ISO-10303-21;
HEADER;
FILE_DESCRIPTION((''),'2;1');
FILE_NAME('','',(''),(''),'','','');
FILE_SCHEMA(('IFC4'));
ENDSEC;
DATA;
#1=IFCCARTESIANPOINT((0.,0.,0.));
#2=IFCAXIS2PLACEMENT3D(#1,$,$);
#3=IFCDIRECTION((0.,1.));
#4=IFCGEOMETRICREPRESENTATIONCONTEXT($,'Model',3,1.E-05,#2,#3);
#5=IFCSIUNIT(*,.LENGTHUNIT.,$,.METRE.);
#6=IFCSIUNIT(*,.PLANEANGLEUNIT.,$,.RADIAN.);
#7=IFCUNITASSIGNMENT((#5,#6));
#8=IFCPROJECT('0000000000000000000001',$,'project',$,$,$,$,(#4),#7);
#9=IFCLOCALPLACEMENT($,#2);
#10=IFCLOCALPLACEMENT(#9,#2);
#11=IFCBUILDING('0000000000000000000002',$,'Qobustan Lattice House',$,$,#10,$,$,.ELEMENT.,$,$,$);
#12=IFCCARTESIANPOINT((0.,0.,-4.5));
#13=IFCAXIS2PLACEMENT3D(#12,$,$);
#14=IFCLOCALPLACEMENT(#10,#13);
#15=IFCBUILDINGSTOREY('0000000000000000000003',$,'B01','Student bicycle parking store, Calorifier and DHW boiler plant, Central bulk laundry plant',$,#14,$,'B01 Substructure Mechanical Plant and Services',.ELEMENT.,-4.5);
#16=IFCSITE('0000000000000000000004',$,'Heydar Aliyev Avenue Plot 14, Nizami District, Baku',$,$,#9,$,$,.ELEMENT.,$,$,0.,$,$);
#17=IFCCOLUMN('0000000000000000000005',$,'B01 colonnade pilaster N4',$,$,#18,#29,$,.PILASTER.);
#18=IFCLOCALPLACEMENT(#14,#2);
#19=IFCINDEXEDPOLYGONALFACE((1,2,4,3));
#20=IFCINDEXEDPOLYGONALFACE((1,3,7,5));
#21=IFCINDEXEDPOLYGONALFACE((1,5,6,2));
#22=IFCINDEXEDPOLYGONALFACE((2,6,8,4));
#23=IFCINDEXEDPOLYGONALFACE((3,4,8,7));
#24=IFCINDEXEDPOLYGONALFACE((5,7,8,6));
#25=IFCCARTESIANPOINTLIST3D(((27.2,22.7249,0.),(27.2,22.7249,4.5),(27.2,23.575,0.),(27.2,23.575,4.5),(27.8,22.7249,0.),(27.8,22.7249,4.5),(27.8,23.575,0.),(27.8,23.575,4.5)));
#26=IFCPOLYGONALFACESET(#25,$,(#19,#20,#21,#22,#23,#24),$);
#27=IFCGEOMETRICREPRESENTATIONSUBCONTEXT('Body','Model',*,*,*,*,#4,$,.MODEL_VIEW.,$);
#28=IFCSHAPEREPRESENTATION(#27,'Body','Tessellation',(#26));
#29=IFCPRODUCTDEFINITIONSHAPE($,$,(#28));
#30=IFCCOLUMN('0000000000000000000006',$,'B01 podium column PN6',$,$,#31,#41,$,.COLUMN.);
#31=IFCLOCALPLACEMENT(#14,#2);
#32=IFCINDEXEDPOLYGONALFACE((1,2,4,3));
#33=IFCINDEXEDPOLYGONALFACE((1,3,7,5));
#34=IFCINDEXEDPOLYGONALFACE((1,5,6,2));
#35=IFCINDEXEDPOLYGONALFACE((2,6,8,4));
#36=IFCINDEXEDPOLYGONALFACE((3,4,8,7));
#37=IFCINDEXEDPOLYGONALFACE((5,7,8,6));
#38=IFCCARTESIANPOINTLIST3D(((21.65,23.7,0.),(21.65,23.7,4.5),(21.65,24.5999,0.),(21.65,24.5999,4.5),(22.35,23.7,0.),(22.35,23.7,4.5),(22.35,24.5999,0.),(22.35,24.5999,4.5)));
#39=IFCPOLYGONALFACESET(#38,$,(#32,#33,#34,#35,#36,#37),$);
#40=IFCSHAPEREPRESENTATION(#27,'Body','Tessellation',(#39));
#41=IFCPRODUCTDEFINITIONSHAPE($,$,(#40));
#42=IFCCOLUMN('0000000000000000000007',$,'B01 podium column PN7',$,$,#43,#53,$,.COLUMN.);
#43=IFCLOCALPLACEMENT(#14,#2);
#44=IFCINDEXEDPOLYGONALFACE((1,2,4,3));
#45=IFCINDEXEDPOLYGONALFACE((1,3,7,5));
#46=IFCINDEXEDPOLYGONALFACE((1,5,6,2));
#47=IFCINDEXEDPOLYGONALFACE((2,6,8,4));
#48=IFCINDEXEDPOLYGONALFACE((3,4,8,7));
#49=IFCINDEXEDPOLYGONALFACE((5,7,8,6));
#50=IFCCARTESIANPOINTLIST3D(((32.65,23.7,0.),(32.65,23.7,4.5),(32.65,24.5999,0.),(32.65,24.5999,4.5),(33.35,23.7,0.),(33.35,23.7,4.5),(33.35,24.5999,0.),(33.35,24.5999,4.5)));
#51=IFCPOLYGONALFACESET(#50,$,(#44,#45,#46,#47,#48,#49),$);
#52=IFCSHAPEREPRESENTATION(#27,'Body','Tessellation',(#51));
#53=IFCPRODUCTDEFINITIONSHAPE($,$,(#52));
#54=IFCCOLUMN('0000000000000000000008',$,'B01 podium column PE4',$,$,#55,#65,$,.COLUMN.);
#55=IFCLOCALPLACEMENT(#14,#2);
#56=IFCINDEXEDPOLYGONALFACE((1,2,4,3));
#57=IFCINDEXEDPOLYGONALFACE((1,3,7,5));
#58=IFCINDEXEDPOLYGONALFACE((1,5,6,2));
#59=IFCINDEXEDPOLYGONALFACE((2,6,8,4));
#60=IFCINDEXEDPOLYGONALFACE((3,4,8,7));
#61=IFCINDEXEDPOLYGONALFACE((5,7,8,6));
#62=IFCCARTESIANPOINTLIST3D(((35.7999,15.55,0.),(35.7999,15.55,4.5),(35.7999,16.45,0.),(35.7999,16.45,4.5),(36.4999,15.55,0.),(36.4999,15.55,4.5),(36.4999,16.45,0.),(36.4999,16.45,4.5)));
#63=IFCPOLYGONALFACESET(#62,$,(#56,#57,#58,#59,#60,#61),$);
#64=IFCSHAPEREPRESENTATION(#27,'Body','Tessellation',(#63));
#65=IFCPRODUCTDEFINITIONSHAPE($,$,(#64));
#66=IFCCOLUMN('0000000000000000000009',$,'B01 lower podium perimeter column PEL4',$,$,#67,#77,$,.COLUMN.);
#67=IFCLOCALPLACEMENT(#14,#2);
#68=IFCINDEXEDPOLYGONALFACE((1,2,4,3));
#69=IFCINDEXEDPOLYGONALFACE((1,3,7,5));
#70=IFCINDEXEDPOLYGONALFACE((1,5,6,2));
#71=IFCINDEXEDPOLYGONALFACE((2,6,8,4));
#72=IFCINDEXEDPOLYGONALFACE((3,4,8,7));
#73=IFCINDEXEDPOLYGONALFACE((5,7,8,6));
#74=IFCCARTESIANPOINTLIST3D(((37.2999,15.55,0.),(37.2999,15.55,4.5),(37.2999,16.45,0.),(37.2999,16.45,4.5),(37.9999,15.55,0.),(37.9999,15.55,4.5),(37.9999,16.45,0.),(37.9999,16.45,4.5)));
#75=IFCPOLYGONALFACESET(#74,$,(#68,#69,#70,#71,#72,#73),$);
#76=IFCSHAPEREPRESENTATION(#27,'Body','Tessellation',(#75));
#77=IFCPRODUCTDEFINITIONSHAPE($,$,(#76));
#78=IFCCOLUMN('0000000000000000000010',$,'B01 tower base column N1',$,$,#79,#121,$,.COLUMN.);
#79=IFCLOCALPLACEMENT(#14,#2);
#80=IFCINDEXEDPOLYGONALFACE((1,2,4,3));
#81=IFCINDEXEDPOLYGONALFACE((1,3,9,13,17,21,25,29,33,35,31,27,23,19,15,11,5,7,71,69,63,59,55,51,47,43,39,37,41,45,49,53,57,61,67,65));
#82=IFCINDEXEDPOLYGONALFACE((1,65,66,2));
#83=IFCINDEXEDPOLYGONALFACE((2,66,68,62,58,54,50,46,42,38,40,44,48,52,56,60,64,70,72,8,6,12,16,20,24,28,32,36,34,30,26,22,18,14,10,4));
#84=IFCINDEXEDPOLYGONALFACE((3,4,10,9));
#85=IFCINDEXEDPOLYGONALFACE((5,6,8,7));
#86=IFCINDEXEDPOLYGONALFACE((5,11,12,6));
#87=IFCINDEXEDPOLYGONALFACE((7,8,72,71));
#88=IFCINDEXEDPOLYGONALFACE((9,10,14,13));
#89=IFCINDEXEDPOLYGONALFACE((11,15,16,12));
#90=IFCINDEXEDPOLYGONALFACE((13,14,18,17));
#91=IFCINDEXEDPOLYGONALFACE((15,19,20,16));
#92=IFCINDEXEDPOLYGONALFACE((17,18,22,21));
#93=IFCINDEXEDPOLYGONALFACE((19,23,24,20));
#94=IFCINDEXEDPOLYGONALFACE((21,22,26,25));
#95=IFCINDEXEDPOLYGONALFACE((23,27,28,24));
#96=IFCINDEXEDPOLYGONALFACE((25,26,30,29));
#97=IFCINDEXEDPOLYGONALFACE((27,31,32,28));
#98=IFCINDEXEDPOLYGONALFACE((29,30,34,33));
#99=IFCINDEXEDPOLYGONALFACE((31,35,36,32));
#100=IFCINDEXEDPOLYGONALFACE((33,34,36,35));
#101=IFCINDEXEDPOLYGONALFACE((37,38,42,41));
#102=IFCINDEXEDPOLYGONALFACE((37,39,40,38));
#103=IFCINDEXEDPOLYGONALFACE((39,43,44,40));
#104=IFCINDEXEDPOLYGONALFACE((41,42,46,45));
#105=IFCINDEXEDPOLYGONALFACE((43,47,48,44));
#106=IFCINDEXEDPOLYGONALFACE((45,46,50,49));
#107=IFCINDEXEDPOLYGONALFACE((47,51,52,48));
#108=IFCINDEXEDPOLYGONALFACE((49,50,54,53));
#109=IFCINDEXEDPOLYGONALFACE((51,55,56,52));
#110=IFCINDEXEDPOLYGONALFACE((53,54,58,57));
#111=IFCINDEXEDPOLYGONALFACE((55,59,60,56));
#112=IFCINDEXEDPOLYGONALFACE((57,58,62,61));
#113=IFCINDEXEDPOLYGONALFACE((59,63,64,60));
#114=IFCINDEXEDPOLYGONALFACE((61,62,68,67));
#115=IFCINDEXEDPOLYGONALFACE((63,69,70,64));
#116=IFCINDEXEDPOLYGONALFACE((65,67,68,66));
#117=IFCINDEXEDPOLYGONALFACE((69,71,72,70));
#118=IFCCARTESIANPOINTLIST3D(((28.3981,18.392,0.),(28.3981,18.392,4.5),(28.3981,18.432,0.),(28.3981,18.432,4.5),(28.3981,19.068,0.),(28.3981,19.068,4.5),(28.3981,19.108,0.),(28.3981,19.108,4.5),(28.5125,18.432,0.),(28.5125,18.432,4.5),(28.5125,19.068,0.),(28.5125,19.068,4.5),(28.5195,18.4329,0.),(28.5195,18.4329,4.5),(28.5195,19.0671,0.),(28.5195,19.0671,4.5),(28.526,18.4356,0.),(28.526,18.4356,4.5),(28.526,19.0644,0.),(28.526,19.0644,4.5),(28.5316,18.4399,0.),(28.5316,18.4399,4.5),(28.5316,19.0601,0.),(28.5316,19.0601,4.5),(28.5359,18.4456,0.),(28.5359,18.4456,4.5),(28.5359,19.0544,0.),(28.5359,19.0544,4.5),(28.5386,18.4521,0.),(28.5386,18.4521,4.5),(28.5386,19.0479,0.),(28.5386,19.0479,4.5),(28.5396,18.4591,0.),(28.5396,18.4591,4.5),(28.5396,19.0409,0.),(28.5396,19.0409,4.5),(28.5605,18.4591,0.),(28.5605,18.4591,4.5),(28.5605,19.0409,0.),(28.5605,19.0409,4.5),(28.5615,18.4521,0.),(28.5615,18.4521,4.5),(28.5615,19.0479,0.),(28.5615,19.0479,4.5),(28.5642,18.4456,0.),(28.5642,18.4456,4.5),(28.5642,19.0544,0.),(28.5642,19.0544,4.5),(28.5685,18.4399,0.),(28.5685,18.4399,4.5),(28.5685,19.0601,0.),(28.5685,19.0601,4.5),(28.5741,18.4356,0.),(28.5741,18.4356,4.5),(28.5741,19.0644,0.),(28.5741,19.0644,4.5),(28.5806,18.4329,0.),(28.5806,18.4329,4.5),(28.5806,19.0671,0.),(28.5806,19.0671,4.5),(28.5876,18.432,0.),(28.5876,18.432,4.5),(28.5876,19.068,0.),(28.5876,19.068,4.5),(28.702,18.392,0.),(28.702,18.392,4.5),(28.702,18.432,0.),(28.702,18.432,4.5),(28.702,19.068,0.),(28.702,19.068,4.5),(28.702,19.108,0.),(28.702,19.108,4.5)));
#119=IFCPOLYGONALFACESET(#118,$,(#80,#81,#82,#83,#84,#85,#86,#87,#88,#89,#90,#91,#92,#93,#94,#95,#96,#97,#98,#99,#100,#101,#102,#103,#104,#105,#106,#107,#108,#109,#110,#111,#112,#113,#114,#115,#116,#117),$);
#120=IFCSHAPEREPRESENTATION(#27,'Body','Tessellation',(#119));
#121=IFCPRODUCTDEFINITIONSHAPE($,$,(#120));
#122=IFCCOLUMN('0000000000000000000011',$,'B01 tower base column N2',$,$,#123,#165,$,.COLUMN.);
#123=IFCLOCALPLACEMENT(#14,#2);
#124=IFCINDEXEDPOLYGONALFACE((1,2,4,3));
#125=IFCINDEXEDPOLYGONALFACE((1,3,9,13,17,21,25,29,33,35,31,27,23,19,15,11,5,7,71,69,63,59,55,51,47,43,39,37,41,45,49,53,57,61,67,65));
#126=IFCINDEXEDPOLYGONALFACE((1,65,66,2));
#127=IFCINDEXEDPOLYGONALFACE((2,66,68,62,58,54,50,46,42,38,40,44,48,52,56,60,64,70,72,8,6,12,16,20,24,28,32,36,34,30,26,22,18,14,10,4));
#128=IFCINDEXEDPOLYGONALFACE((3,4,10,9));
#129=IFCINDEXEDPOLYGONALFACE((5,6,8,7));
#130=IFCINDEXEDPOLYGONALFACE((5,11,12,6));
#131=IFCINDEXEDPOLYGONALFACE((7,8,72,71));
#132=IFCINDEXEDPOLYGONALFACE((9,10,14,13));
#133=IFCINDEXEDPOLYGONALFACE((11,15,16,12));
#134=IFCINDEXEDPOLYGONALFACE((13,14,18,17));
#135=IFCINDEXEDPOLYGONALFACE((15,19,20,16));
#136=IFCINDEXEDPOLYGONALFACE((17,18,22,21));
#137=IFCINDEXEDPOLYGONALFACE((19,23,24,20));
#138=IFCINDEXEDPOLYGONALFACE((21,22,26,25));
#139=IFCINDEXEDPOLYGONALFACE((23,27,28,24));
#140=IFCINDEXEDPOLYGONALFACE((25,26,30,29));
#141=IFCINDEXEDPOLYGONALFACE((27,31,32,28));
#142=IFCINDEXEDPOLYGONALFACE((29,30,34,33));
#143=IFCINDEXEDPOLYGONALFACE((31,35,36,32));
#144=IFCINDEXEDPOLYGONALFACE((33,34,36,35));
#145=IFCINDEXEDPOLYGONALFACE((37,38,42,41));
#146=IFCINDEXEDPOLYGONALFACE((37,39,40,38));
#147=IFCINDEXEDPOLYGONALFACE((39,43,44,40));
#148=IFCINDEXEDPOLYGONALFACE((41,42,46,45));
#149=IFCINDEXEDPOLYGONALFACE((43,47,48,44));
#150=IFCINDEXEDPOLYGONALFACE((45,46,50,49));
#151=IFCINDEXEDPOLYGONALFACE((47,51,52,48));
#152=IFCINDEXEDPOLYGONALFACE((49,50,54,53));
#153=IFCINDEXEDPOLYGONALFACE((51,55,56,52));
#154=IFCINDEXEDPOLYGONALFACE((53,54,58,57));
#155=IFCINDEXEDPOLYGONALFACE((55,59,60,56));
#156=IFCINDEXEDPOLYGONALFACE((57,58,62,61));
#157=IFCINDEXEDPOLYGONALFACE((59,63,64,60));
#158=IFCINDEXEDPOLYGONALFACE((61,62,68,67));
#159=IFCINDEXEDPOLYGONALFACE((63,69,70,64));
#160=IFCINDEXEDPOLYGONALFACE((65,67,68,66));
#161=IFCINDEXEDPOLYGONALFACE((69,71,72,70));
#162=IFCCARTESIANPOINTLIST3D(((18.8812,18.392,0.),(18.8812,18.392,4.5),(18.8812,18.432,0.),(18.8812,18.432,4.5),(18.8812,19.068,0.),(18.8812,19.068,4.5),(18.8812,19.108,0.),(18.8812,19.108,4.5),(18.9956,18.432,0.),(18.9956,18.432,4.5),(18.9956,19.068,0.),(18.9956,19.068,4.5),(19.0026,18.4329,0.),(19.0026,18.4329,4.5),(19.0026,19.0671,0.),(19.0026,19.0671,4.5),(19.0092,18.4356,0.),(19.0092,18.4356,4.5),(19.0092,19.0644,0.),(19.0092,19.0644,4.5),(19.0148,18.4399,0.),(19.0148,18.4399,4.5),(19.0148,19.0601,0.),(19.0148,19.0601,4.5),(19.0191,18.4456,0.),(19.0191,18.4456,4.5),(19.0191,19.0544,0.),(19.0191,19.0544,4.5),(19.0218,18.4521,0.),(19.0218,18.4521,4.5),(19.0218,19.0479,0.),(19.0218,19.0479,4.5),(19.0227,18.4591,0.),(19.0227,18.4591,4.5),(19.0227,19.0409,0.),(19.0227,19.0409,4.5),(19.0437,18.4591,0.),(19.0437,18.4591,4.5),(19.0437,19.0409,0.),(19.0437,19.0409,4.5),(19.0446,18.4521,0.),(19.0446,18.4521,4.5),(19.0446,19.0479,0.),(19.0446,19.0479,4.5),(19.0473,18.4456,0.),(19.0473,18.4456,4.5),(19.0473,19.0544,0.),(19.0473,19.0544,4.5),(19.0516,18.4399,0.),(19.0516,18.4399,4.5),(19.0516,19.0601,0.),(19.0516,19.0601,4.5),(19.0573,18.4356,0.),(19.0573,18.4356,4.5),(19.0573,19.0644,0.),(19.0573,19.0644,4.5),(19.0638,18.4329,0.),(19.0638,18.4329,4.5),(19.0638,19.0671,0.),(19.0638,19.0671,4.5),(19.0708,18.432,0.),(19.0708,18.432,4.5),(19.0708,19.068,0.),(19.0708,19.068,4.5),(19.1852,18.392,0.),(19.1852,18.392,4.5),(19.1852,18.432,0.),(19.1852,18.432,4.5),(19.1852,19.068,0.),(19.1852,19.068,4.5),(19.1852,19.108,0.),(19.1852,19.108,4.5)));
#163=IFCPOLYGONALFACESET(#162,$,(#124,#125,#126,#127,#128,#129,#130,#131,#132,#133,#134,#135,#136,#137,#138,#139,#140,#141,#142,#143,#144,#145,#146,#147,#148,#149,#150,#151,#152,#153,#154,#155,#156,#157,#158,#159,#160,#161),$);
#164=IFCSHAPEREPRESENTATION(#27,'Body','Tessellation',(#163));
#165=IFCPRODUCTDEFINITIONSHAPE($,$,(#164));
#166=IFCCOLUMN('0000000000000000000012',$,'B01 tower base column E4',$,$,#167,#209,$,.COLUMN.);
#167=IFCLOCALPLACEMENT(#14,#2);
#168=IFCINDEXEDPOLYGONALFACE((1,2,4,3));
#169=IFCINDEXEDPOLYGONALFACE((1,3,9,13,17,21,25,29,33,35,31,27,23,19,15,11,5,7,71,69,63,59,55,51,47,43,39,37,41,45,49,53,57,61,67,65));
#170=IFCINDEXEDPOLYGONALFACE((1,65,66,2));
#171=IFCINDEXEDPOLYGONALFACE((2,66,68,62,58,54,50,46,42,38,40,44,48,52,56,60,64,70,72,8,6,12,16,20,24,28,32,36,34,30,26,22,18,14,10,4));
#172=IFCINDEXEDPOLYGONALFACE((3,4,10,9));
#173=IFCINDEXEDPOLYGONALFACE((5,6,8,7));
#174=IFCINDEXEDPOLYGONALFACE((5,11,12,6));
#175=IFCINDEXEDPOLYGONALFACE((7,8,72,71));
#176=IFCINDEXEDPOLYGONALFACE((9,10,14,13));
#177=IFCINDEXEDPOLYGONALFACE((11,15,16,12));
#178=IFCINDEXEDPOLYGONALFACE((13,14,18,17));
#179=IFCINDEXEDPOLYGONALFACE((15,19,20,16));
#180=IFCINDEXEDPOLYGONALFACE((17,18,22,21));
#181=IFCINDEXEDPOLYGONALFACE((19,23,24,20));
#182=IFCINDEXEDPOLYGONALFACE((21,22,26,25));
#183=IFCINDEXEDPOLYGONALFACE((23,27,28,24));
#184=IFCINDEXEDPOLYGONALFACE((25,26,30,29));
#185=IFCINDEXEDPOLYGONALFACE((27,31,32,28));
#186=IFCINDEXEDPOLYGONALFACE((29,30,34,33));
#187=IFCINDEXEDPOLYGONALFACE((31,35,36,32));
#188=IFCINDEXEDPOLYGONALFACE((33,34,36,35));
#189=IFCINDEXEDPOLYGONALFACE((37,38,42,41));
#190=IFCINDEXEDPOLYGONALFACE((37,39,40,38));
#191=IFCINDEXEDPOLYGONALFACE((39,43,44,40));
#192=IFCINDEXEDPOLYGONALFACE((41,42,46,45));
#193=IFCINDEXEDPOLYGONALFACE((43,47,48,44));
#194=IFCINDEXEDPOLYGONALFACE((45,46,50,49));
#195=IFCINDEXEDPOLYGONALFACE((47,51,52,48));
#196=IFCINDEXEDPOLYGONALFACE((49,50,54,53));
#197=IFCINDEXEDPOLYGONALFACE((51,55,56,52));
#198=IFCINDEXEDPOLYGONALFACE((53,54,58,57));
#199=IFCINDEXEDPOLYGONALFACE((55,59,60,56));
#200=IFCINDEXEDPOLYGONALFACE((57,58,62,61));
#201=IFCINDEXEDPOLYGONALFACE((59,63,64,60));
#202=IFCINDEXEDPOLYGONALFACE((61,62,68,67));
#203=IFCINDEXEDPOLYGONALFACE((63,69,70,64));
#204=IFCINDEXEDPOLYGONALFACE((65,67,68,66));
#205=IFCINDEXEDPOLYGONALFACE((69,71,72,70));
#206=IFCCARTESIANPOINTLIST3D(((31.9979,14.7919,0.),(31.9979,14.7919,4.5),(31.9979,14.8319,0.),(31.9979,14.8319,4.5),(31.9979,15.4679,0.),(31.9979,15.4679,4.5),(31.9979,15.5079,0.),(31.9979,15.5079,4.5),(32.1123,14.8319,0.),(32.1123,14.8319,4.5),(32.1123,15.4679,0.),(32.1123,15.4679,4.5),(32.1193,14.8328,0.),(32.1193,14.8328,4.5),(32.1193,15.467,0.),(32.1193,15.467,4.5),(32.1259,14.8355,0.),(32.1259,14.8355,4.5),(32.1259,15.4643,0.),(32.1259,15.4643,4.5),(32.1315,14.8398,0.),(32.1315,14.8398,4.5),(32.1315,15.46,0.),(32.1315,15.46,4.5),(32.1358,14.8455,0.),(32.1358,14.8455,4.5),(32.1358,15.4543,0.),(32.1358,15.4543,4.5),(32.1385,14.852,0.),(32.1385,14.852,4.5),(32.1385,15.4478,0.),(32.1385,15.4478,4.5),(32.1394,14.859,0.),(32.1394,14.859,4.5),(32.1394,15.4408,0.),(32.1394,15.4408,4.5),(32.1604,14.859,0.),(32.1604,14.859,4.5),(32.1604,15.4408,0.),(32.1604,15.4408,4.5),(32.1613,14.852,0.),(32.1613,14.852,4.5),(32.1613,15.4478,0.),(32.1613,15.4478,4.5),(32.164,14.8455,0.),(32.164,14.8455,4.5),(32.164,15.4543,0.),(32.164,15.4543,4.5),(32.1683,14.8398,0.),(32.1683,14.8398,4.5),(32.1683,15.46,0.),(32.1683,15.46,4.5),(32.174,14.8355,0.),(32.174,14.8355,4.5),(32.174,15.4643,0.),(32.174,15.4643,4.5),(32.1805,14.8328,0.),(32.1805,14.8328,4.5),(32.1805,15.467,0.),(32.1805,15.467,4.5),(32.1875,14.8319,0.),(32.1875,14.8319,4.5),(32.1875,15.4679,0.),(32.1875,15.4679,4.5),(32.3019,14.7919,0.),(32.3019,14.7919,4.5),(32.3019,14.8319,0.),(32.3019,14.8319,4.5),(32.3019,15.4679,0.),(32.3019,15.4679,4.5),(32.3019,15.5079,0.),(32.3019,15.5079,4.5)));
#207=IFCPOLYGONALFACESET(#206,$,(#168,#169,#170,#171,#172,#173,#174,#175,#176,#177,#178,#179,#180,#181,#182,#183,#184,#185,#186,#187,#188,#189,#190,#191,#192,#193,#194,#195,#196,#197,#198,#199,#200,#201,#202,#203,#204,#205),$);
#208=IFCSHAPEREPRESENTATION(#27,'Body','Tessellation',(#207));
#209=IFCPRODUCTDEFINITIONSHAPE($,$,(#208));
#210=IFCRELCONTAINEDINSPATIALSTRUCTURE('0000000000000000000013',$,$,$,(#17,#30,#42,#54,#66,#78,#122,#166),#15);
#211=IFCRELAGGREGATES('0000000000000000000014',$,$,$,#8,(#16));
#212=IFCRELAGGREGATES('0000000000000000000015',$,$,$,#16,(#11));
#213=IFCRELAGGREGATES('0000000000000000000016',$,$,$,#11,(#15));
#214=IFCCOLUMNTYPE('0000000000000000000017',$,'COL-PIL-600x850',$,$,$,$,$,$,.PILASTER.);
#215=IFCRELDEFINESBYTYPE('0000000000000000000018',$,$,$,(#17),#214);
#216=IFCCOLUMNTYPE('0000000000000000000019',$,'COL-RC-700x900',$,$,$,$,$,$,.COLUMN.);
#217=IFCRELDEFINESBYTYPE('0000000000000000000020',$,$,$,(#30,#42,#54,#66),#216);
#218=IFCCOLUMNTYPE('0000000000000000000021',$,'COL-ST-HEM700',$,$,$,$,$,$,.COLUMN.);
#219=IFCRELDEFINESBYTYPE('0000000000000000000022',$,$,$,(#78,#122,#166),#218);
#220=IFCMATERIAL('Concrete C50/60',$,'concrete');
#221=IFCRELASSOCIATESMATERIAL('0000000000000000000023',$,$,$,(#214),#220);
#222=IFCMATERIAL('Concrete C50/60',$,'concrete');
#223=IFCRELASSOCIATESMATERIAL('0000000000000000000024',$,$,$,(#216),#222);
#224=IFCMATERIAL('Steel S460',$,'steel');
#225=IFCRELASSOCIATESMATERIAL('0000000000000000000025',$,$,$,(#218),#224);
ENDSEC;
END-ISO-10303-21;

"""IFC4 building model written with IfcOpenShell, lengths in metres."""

from ifc_helpers import new_model, si_unit, direction, frame, origin, origin_2d, place, context, subcontext, project, spatial, rectangle, i_section, extrude, material, material_profile, profile_set, type_object, element, save


model = new_model("IFC4")

# Units and contexts
model_context = context("Model", 3, precision=1e-05, world=origin(), true_north=direction((0.0, 1.0)))
body_context = subcontext(model_context, "Body", "Model", "MODEL_VIEW")
ifc_project = project(units=[si_unit("LENGTHUNIT", "METRE"), si_unit("PLANEANGLEUNIT", "RADIAN")], contexts=[model_context])

# Site, building, storey
site_placement = place(None, origin())
site = spatial("IfcSite", under=ifc_project, at=site_placement, Name="Heydar Aliyev Avenue Plot 14, Nizami District, Baku", CompositionType="ELEMENT", RefElevation=0.0)
building_placement = place(site_placement, origin())
building = spatial("IfcBuilding", under=site, at=building_placement, Name="Qobustan Lattice House", CompositionType="ELEMENT")
storey_placement = place(building_placement, frame((0.0, 0.0, -4.5)))
storey = spatial("IfcBuildingStorey", under=building, at=storey_placement, Name="B01", Description="Student bicycle parking store, Calorifier and DHW boiler plant, Central bulk laundry plant", LongName="B01 Substructure Mechanical Plant and Services", CompositionType="ELEMENT", Elevation=-4.5)

# Columns
ifc_material_1 = material(Name="Concrete C50/60", Category="concrete")
ifc_material_profile_1 = material_profile(ifc_material_1, rectangle(XDim=0.6001, YDim=0.8501, at=origin_2d()), Name="RC600x850")
ifc_profile_set_1 = profile_set([ifc_material_profile_1], Name="Concrete C50/60")
column_type_1 = type_object("IfcColumnType", Name="COL-PIL-600x850", PredefinedType="PILASTER", material=ifc_profile_set_1)
column_placement = place(storey_placement, frame((27.5, 23.1499, 0.0), z_axis=(0.0, 0.0, 1.0), x_axis=(1.0, 0.0, 0.0)))
element("IfcColumn", 1, at=column_placement, inside=storey, type_object=column_type_1, Name="B01 colonnade pilaster N4", PredefinedType="PILASTER", context=body_context, shape_type="SweptSolid", body=[
    extrude(rectangle(XDim=0.6001, YDim=0.8501, at=origin_2d()), origin(), (0.0, 0.0, 1.0), 4.5),
])
ifc_material_2 = material(Name="Concrete C50/60", Category="concrete")
ifc_material_profile_2 = material_profile(ifc_material_2, rectangle(XDim=0.7, YDim=0.8999, at=origin_2d()), Name="RC700x900")
ifc_profile_set_2 = profile_set([ifc_material_profile_2], Name="Concrete C50/60")
column_type_2 = type_object("IfcColumnType", Name="COL-RC-700x900", PredefinedType="COLUMN", material=ifc_profile_set_2)
for number, where, z_axis, x_axis, name in (
    (2, (22.0, 24.1499, 0.0), (0.0, 0.0, 1.0), (1.0, 0.0, 0.0), "B01 podium column PN6"),
    (3, (33.0, 24.1499, 0.0), (0.0, 0.0, 1.0), (1.0, 0.0, 0.0), "B01 podium column PN7"),
    (4, (36.1499, 16.0, 0.0), (0.0, 0.0, 1.0), (1.0, 0.0, 0.0), "B01 podium column PE4"),
    (5, (37.6499, 16.0, 0.0), (0.0, 0.0, 1.0), (1.0, 0.0, 0.0), "B01 lower podium perimeter column PEL4"),
):
    element("IfcColumn", number, at=place(storey_placement, frame(where, z_axis=z_axis, x_axis=x_axis)), inside=storey, type_object=column_type_2, Name=name, PredefinedType="COLUMN", context=body_context, shape_type="SweptSolid", body=[
        extrude(rectangle(XDim=0.7, YDim=0.8999, at=origin_2d()), origin(), (0.0, 0.0, 1.0), 4.5),
    ])
ifc_material_3 = material(Name="Steel S460", Category="steel")
ifc_material_profile_3 = material_profile(ifc_material_3, i_section(OverallWidth=0.304, OverallDepth=0.7161, WebThickness=0.021, FlangeThickness=0.04, FilletRadius=0.0271, at=origin_2d()), Name="HEM700")
ifc_profile_set_3 = profile_set([ifc_material_profile_3], Name="Steel S460")
column_type_3 = type_object("IfcColumnType", Name="COL-ST-HEM700", PredefinedType="COLUMN", material=ifc_profile_set_3)
for number, where, z_axis, x_axis, name in (
    (6, (28.55, 18.75, 0.0), (0.0, 0.0, 1.0), (1.0, 0.0, 0.0), "B01 tower base column N1"),
    (7, (19.0332, 18.75, 0.0), (0.0, 0.0, 1.0), (1.0, 0.0, 0.0), "B01 tower base column N2"),
    (8, (32.1499, 15.1499, 0.0), (0.0, 0.0, 1.0), (1.0, 0.0, 0.0), "B01 tower base column E4"),
):
    element("IfcColumn", number, at=place(storey_placement, frame(where, z_axis=z_axis, x_axis=x_axis)), inside=storey, type_object=column_type_3, Name=name, PredefinedType="COLUMN", context=body_context, shape_type="SweptSolid", body=[
        extrude(i_section(OverallWidth=0.304, OverallDepth=0.7161, WebThickness=0.021, FlangeThickness=0.04, FilletRadius=0.0271, at=origin_2d()), origin(), (0.0, 0.0, 1.0), 4.5),
    ])

save(model, "model.ifc")
